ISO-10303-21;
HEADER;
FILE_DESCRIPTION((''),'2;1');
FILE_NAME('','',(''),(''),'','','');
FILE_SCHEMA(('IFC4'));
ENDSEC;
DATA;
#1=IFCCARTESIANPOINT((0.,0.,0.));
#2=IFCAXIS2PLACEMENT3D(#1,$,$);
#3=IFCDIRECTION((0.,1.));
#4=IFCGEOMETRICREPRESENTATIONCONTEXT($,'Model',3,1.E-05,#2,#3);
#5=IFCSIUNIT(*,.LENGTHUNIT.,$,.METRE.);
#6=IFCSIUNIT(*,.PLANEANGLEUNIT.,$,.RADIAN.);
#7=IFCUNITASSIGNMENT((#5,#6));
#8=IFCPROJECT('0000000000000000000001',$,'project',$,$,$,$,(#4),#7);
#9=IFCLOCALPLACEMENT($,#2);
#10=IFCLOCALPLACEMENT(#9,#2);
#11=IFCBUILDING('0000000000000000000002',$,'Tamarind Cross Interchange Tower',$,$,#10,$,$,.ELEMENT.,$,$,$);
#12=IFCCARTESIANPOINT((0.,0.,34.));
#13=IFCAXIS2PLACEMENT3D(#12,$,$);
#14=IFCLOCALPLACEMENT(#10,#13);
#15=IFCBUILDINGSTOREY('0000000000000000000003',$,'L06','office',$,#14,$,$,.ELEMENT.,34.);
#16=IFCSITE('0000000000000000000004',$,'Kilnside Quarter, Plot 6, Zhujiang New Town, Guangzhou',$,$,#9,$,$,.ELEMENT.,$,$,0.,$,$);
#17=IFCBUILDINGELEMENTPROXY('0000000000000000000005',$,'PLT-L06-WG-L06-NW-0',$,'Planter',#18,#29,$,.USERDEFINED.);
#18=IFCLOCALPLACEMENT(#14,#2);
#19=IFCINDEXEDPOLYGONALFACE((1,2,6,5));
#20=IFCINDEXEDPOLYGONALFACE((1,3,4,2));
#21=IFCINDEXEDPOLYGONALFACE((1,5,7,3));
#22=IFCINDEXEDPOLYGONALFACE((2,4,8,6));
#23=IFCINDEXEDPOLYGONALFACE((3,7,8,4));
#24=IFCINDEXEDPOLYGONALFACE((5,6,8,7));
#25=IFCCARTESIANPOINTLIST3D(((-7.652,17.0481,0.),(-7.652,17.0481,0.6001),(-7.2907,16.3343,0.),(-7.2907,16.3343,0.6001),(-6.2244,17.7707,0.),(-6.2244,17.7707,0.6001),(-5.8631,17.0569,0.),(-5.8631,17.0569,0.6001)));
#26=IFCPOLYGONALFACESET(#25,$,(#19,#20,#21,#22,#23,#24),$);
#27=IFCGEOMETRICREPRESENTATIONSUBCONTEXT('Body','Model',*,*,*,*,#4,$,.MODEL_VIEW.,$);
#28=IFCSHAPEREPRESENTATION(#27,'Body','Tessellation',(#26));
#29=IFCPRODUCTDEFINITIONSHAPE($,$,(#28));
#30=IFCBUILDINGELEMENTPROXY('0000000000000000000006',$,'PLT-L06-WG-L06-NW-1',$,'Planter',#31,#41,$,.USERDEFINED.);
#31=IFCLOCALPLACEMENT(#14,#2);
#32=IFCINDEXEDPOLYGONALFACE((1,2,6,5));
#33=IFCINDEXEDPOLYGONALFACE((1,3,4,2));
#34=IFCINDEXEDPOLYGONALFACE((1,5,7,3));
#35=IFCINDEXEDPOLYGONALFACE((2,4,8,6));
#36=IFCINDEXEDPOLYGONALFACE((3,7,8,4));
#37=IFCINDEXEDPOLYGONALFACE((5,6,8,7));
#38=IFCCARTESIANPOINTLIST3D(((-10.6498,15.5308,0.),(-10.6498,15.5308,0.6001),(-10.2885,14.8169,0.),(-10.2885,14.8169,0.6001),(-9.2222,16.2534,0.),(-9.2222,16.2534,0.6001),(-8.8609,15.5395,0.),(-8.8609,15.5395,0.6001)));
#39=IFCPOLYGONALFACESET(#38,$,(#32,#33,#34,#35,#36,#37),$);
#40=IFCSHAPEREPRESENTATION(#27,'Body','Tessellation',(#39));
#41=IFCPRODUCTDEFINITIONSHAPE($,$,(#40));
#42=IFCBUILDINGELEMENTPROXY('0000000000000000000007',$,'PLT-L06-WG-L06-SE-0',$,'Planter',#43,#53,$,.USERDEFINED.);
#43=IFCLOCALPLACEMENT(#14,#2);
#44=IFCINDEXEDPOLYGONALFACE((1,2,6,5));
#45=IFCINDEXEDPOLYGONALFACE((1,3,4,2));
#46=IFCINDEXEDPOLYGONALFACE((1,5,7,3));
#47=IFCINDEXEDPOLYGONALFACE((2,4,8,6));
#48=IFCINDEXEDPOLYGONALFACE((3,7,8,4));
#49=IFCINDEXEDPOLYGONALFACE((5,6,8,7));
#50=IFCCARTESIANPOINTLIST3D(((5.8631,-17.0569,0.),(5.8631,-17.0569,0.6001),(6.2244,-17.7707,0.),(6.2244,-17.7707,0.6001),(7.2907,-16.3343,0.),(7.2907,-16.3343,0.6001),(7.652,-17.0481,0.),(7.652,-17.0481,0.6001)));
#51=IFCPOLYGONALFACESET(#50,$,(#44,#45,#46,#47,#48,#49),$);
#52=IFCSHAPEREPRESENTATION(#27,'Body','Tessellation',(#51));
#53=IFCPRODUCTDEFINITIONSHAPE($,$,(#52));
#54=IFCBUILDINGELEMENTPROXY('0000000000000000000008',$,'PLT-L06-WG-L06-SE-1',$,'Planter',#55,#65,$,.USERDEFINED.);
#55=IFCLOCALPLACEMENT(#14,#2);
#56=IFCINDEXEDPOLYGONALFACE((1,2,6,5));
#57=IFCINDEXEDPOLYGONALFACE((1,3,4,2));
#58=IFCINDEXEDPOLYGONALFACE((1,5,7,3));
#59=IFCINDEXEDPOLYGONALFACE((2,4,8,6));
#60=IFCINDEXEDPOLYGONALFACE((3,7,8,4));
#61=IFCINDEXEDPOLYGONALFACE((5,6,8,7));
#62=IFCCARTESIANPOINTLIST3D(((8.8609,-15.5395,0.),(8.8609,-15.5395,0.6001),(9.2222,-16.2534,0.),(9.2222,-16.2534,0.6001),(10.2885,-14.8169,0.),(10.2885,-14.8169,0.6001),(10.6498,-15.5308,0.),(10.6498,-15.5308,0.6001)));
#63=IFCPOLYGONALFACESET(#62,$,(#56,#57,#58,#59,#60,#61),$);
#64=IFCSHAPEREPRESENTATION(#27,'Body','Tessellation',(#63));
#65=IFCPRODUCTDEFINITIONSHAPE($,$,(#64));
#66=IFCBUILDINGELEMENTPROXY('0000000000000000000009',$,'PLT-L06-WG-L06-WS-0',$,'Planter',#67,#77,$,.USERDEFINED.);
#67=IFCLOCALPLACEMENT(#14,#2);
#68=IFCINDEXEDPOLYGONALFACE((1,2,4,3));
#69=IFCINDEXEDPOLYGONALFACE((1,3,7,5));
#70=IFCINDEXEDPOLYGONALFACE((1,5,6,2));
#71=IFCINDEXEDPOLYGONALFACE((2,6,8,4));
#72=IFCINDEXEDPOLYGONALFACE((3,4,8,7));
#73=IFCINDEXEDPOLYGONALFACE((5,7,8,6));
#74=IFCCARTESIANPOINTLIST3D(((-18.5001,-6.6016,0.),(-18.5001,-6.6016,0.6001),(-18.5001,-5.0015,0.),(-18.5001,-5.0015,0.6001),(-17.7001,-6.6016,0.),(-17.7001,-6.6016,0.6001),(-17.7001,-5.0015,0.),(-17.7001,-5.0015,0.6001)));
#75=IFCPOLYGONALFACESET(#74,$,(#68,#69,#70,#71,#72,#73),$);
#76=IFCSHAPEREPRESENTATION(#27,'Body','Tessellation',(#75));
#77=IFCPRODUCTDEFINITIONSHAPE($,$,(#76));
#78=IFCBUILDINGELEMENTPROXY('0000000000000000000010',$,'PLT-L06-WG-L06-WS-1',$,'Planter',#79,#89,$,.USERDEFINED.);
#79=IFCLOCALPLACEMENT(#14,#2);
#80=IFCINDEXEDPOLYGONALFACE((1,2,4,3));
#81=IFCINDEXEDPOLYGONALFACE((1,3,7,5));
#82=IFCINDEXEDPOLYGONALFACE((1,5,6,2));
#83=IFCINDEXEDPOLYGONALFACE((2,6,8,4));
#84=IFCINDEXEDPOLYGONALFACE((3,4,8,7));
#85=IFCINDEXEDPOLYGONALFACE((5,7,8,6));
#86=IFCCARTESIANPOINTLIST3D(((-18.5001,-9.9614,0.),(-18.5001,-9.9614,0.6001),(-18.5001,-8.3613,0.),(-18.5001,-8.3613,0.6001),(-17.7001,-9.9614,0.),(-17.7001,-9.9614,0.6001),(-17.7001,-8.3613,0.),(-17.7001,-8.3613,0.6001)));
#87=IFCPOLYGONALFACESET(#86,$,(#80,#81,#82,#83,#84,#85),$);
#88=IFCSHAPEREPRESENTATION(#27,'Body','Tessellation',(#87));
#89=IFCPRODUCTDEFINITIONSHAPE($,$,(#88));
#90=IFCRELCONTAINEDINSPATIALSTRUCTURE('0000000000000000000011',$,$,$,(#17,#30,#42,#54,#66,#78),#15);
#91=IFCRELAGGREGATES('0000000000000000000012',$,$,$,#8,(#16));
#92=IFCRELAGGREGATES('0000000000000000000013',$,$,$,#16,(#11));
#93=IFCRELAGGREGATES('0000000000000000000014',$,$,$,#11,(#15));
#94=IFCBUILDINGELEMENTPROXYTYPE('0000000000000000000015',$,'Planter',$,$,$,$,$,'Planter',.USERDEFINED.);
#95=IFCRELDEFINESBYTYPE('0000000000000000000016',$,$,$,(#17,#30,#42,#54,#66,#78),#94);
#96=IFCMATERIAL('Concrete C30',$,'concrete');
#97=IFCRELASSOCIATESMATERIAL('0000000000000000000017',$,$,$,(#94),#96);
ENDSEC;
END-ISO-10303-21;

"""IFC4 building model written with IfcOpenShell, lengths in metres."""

from ifc_helpers import new_model, si_unit, direction, frame, origin, origin_2d, place, context, subcontext, project, spatial, rectangle, extrude, material, type_object, element, save


model = new_model("IFC4")

# Units and contexts
model_context = context("Model", 3, precision=1e-05, world=origin(), true_north=direction((0.0, 1.0)))
body_context = subcontext(model_context, "Body", "Model", "MODEL_VIEW")
ifc_project = project(units=[si_unit("LENGTHUNIT", "METRE"), si_unit("PLANEANGLEUNIT", "RADIAN")], contexts=[model_context])

# Site, building, storey
site_placement = place(None, origin())
site = spatial("IfcSite", under=ifc_project, at=site_placement, Name="Kilnside Quarter, Plot 6, Zhujiang New Town, Guangzhou", CompositionType="ELEMENT", RefElevation=0.0)
building_placement = place(site_placement, origin())
building = spatial("IfcBuilding", under=site, at=building_placement, Name="Tamarind Cross Interchange Tower", CompositionType="ELEMENT")
storey_placement = place(building_placement, frame((0.0, 0.0, 34.0)))
storey = spatial("IfcBuildingStorey", under=building, at=storey_placement, Name="L06", Description="office", CompositionType="ELEMENT", Elevation=34.0)

# Building element proxies
ifc_material_1 = material(Name="Concrete C30", Category="concrete")
building_element_proxy_type = type_object("IfcBuildingElementProxyType", Name="Planter", ElementType="Planter", PredefinedType="USERDEFINED", material=ifc_material_1)
proxy_1_placement = place(storey_placement, origin())
element("IfcBuildingElementProxy", 1, at=proxy_1_placement, inside=storey, type_object=building_element_proxy_type, Name="PLT-L06-WG-L06-NW-0", ObjectType="Planter", PredefinedType="USERDEFINED", context=body_context, shape_type="SweptSolid", body=[
    extrude(rectangle(XDim=1.6001, YDim=0.8, at=origin_2d()), frame((-6.7576, 17.0525, 0.0), z_axis=(0.0, 0.0, 1.0), x_axis=(-0.892224, -0.451594, 0.0)), (0.0, 0.0, 1.0), 0.6001),
])
proxy_2_placement = place(storey_placement, origin())
element("IfcBuildingElementProxy", 2, at=proxy_2_placement, inside=storey, type_object=building_element_proxy_type, Name="PLT-L06-WG-L06-NW-1", ObjectType="Planter", PredefinedType="USERDEFINED", context=body_context, shape_type="SweptSolid", body=[
    extrude(rectangle(XDim=1.6001, YDim=0.8, at=origin_2d()), frame((-9.7554, 15.5352, 0.0), z_axis=(0.0, 0.0, 1.0), x_axis=(-0.892224, -0.451594, 0.0)), (0.0, 0.0, 1.0), 0.6001),
])
proxy_3_placement = place(storey_placement, origin())
element("IfcBuildingElementProxy", 3, at=proxy_3_placement, inside=storey, type_object=building_element_proxy_type, Name="PLT-L06-WG-L06-SE-0", ObjectType="Planter", PredefinedType="USERDEFINED", context=body_context, shape_type="SweptSolid", body=[
    extrude(rectangle(XDim=1.6001, YDim=0.8, at=origin_2d()), frame((6.7576, -17.0525, 0.0), z_axis=(0.0, 0.0, 1.0), x_axis=(0.892224, 0.451594, 0.0)), (0.0, 0.0, 1.0), 0.6001),
])
proxy_4_placement = place(storey_placement, origin())
element("IfcBuildingElementProxy", 4, at=proxy_4_placement, inside=storey, type_object=building_element_proxy_type, Name="PLT-L06-WG-L06-SE-1", ObjectType="Planter", PredefinedType="USERDEFINED", context=body_context, shape_type="SweptSolid", body=[
    extrude(rectangle(XDim=1.6001, YDim=0.8, at=origin_2d()), frame((9.7554, -15.5352, 0.0), z_axis=(0.0, 0.0, 1.0), x_axis=(0.892224, 0.451594, 0.0)), (0.0, 0.0, 1.0), 0.6001),
])
proxy_5_placement = place(storey_placement, origin())
element("IfcBuildingElementProxy", 5, at=proxy_5_placement, inside=storey, type_object=building_element_proxy_type, Name="PLT-L06-WG-L06-WS-0", ObjectType="Planter", PredefinedType="USERDEFINED", context=body_context, shape_type="SweptSolid", body=[
    extrude(rectangle(XDim=1.6001, YDim=0.8, at=origin_2d()), frame((-18.1001, -5.8015, 0.0), z_axis=(0.0, 0.0, 1.0), x_axis=(0.0, -1.0, 0.0)), (0.0, 0.0, 1.0), 0.6001),
])
proxy_6_placement = place(storey_placement, origin())
element("IfcBuildingElementProxy", 6, at=proxy_6_placement, inside=storey, type_object=building_element_proxy_type, Name="PLT-L06-WG-L06-WS-1", ObjectType="Planter", PredefinedType="USERDEFINED", context=body_context, shape_type="SweptSolid", body=[
    extrude(rectangle(XDim=1.6001, YDim=0.8, at=origin_2d()), frame((-18.1001, -9.1614, 0.0), z_axis=(0.0, 0.0, 1.0), x_axis=(0.0, -1.0, 0.0)), (0.0, 0.0, 1.0), 0.6001),
])

save(model, "model.ifc")
